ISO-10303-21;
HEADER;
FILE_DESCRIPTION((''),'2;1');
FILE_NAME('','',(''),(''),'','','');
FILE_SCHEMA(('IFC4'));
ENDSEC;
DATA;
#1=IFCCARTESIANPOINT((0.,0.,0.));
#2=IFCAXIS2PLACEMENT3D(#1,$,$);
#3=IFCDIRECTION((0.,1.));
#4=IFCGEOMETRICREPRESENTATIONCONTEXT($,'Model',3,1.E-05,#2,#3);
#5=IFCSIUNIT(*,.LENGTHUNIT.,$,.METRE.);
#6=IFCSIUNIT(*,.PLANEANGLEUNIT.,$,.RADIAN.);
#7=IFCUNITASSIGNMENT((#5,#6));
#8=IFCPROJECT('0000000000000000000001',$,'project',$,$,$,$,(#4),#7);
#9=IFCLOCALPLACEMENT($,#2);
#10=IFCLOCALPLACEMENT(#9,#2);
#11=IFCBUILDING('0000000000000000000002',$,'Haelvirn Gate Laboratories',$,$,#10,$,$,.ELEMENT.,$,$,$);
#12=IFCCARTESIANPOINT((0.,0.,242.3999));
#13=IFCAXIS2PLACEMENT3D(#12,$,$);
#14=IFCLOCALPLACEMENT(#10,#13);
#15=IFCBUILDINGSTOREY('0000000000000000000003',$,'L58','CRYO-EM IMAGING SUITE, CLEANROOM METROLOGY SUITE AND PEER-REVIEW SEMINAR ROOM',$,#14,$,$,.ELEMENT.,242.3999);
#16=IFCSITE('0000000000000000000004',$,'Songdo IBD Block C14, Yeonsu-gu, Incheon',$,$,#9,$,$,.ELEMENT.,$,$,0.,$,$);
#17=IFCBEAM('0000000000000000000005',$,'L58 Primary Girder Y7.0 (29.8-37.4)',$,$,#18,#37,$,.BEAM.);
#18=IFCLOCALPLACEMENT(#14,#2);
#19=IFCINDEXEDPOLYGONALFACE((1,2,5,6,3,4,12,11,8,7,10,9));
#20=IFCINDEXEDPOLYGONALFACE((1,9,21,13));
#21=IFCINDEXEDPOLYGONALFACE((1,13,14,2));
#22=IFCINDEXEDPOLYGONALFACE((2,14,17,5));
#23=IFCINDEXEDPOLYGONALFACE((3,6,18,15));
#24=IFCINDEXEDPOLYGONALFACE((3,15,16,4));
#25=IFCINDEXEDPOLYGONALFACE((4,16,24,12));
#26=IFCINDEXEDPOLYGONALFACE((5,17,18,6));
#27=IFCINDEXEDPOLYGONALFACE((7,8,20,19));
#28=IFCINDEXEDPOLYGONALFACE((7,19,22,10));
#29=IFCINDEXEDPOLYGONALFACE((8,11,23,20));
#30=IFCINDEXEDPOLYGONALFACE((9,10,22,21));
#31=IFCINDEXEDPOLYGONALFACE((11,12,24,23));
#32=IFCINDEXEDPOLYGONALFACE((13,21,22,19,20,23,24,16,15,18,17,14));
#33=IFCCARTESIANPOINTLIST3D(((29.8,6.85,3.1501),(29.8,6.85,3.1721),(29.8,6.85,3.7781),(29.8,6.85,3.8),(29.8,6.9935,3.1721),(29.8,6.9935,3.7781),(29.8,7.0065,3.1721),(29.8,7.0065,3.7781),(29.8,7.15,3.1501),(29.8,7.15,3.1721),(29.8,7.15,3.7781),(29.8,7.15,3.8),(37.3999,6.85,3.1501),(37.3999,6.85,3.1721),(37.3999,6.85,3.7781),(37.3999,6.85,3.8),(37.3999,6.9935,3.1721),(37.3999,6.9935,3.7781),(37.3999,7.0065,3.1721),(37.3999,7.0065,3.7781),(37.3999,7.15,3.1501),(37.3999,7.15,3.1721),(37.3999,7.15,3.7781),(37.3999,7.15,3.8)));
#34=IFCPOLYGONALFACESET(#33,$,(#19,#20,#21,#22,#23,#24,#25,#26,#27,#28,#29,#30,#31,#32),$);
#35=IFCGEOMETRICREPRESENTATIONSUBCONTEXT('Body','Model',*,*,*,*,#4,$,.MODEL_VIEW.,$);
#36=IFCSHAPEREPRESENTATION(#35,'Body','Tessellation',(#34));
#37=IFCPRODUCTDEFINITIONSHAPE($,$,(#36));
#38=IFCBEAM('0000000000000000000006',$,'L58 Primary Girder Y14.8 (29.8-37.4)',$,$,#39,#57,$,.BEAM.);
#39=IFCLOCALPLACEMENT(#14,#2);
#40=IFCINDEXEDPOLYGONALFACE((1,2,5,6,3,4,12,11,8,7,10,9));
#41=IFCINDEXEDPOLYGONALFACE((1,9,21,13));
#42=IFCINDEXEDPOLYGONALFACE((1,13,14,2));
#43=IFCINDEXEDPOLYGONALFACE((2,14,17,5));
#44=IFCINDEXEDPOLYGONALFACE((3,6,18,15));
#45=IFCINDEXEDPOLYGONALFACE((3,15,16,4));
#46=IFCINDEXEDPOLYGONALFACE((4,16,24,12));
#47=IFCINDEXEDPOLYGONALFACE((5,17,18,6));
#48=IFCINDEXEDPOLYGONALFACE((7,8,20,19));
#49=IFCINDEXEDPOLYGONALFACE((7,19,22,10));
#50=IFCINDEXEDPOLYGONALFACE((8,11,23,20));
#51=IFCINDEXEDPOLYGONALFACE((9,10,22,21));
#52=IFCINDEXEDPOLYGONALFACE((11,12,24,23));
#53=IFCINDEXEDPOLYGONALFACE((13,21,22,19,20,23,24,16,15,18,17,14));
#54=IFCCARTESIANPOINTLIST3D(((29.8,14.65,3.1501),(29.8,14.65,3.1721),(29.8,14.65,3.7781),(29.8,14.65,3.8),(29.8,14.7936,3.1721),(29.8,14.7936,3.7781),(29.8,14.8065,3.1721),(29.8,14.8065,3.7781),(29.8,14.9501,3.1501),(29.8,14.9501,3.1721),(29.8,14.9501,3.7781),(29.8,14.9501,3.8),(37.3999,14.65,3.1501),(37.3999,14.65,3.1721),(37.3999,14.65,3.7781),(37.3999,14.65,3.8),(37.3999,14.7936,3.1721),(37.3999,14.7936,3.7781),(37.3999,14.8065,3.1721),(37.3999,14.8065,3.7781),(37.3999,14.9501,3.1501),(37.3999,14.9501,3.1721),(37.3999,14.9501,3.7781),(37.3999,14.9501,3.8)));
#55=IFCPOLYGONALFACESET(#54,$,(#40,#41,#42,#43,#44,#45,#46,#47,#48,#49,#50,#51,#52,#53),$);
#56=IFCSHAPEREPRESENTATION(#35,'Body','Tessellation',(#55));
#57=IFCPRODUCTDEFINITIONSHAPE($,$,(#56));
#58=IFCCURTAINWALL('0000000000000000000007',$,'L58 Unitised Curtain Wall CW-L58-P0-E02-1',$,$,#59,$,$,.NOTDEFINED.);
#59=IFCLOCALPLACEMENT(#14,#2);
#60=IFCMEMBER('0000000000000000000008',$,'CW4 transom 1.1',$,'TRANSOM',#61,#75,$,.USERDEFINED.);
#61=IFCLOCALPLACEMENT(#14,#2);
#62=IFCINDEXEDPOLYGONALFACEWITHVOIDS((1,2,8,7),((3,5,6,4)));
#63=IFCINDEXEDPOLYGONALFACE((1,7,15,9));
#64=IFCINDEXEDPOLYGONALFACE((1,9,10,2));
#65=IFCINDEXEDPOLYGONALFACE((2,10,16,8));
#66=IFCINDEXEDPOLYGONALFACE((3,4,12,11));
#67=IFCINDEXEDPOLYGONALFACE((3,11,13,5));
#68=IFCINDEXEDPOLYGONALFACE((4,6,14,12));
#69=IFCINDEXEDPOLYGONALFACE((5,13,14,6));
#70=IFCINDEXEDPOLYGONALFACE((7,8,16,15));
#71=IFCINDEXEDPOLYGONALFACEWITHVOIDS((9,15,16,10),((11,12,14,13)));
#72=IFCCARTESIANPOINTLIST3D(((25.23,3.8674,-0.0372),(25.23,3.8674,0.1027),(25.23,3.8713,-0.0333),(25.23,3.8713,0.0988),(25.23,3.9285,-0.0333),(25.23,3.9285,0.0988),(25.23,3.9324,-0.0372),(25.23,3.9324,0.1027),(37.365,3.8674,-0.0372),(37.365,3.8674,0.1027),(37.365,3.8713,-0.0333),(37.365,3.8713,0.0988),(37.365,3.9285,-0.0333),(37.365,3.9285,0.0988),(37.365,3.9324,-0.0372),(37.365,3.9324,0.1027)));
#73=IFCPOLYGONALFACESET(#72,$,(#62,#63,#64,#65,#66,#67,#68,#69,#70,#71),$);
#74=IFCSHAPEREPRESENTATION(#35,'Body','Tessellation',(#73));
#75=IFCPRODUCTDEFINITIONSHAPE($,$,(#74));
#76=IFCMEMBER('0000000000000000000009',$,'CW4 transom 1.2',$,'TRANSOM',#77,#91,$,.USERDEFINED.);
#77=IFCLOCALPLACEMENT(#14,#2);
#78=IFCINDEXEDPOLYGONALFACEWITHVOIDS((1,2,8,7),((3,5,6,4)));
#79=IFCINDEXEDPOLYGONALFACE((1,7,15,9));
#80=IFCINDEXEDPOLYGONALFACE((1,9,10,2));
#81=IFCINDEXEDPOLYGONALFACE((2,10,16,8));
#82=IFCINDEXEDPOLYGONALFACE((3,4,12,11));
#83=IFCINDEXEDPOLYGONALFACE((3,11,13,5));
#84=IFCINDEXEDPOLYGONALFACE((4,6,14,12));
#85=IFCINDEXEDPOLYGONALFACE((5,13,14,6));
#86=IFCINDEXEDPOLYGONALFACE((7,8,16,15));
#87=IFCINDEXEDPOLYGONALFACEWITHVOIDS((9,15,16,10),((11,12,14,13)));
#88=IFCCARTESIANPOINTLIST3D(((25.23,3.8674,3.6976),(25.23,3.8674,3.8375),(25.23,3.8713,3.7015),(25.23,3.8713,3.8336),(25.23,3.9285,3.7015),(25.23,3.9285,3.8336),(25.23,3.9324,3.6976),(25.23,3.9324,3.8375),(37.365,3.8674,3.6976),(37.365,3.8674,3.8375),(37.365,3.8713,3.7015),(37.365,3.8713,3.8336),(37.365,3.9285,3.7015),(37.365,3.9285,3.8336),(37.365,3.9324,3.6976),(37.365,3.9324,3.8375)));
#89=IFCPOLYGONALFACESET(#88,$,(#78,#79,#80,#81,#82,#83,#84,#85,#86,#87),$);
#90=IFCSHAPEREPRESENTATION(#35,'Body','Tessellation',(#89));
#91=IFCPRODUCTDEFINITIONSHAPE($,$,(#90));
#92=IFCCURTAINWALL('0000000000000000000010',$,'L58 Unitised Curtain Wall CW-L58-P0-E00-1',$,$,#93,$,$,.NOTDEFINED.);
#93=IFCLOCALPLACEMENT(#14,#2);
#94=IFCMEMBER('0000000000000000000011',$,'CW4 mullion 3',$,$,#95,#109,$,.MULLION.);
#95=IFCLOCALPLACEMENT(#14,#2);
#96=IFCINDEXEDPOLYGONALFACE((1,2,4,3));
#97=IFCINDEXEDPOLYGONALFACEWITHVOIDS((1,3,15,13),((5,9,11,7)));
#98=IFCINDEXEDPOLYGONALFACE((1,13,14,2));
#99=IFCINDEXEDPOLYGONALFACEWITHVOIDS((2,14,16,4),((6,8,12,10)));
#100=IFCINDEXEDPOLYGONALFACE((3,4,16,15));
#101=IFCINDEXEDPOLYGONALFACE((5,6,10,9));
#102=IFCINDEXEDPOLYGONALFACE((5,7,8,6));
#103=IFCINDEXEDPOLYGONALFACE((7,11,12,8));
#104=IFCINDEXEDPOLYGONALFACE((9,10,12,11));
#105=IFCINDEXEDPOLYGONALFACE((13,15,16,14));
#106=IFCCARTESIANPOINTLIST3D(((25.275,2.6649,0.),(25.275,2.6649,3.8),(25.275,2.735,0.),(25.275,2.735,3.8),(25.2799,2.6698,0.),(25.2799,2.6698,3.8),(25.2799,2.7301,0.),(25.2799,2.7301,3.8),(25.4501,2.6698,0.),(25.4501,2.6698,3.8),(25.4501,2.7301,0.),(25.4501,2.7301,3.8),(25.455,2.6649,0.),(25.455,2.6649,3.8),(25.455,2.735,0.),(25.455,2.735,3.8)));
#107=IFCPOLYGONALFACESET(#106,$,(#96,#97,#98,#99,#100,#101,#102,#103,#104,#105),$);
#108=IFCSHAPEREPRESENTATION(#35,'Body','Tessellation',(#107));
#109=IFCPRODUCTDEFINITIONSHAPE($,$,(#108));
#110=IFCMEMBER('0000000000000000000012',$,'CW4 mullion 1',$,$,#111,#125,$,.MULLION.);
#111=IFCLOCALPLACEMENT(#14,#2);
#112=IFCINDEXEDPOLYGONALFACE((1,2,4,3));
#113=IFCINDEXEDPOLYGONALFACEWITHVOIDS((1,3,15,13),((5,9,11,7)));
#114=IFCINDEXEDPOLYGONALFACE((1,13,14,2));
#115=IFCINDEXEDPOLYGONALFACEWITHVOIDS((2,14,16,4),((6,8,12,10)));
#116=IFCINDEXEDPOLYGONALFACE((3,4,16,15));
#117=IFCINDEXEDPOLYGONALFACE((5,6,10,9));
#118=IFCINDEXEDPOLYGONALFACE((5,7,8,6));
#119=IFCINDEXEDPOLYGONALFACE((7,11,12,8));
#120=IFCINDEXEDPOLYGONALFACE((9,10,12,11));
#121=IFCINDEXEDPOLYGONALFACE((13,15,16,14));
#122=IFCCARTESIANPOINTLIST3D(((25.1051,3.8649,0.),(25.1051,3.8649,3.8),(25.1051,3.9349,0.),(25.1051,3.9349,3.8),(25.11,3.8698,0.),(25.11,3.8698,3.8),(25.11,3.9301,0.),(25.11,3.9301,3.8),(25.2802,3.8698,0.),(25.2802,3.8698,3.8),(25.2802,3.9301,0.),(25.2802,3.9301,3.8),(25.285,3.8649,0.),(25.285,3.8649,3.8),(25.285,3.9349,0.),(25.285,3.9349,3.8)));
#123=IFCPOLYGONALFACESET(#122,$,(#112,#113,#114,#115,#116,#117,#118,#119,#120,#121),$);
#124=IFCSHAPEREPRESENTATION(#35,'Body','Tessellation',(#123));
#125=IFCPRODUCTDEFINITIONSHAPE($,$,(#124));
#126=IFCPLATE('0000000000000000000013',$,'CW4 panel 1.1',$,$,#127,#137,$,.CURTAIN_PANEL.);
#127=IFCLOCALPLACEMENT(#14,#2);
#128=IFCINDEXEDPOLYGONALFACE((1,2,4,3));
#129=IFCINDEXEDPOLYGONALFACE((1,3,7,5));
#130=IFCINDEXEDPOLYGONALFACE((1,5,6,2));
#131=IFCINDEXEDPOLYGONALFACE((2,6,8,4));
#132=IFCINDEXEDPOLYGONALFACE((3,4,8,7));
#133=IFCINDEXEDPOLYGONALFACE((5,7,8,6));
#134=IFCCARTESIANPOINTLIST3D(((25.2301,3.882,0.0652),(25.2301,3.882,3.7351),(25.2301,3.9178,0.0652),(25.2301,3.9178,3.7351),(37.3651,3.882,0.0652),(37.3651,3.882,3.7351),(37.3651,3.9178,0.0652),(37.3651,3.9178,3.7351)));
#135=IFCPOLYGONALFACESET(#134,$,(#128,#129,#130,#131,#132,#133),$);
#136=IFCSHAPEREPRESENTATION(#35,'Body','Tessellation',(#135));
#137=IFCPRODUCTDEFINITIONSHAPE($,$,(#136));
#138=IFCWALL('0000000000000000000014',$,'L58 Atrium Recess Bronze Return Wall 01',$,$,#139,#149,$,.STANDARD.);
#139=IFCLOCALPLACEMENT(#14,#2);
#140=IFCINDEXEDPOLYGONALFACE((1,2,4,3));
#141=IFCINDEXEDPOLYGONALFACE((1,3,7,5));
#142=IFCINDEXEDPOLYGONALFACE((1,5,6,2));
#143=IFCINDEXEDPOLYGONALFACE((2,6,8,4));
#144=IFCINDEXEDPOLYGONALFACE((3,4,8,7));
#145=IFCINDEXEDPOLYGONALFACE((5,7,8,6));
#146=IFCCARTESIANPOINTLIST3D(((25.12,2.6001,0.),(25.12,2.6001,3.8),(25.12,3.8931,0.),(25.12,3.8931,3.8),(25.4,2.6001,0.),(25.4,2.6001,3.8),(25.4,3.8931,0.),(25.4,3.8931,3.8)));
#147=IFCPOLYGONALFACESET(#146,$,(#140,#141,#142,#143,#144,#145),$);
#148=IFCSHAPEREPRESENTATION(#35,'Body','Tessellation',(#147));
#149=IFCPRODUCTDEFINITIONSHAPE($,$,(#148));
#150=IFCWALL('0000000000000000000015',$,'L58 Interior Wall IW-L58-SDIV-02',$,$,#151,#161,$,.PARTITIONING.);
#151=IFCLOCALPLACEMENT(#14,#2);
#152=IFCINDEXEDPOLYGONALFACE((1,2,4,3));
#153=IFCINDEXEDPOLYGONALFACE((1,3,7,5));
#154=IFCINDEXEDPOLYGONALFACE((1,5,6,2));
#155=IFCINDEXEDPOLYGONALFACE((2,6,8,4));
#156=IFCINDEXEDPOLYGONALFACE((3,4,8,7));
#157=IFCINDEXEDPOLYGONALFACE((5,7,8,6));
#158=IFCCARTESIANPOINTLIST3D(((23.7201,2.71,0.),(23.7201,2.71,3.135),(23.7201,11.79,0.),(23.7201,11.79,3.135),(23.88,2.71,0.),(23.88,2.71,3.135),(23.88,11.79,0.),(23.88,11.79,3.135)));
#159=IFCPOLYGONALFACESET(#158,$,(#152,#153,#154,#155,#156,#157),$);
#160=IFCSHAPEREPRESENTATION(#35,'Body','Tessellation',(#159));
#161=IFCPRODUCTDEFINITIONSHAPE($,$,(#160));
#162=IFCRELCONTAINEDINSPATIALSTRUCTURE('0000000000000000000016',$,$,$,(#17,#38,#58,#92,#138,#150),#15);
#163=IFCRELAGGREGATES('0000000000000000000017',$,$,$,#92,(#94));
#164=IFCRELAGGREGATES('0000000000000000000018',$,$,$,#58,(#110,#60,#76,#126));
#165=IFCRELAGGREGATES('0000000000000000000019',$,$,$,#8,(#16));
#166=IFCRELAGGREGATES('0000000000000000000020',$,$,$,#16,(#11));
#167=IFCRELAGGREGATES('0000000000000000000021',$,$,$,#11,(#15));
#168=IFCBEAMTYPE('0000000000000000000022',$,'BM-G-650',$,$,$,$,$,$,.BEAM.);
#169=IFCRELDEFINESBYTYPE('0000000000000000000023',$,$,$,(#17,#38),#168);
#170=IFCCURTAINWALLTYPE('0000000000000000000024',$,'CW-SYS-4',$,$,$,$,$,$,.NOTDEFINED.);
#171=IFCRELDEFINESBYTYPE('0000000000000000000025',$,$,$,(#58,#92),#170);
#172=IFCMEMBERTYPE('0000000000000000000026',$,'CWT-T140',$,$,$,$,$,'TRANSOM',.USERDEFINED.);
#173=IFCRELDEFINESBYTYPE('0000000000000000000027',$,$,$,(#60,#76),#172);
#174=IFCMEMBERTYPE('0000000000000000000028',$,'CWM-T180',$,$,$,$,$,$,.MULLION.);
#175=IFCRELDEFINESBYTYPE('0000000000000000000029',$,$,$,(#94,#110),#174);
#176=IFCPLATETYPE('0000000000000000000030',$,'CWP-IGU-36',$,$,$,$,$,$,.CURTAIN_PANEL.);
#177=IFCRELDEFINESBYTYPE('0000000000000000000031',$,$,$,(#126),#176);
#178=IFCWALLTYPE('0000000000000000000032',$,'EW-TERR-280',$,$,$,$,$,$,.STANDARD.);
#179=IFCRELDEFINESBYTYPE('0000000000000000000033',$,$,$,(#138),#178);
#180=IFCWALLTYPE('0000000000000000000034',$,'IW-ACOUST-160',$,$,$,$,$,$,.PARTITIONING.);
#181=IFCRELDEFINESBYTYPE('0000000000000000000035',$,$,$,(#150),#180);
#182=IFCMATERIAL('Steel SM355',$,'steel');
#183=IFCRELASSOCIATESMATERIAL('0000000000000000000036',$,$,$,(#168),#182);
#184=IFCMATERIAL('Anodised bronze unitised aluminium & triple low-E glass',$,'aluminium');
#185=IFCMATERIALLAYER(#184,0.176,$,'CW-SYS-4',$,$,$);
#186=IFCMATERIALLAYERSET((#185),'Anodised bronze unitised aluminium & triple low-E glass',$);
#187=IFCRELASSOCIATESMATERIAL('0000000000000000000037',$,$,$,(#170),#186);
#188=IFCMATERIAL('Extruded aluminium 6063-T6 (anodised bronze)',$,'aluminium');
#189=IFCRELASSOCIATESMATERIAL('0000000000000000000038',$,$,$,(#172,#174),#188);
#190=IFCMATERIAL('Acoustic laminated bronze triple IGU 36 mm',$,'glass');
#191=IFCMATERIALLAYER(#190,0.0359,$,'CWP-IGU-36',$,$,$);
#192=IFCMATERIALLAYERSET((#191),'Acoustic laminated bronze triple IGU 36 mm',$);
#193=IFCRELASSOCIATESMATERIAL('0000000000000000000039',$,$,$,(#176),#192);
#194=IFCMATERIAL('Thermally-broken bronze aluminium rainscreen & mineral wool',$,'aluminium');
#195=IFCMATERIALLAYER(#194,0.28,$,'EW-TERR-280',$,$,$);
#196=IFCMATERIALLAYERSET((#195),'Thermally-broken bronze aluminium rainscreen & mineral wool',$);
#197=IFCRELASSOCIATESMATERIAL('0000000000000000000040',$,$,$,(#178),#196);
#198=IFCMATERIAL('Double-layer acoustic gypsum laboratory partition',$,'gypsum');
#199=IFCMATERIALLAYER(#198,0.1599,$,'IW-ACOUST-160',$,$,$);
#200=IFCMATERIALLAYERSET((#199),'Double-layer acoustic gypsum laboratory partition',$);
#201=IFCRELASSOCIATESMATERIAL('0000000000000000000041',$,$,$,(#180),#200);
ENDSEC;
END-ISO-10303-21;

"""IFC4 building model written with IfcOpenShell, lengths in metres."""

from ifc_helpers import new_model, si_unit, direction, frame, frame_2d, origin, origin_2d, place, context, subcontext, project, spatial, rectangle, hollow_rectangle, i_section, extrude, source, transform, mapped, material, layer, layer_set, material_profile, profile_set, type_object, type_shapes, element, aggregate, save


model = new_model("IFC4")

# Units and contexts
model_context = context("Model", 3, precision=1e-05, world=origin(), true_north=direction((0.0, 1.0)))
body_context = subcontext(model_context, "Body", "Model", "MODEL_VIEW")
ifc_project = project(units=[si_unit("LENGTHUNIT", "METRE"), si_unit("PLANEANGLEUNIT", "RADIAN")], contexts=[model_context])

# Site, building, storey
site_placement = place(None, origin())
site = spatial("IfcSite", under=ifc_project, at=site_placement, Name="Songdo IBD Block C14, Yeonsu-gu, Incheon", CompositionType="ELEMENT", RefElevation=0.0)
building_placement = place(site_placement, origin())
building = spatial("IfcBuilding", under=site, at=building_placement, Name="Haelvirn Gate Laboratories", CompositionType="ELEMENT")
storey_placement = place(building_placement, frame((0.0, 0.0, 242.3999)))
storey = spatial("IfcBuildingStorey", under=building, at=storey_placement, Name="L58", Description="CRYO-EM IMAGING SUITE, CLEANROOM METROLOGY SUITE AND PEER-REVIEW SEMINAR ROOM", CompositionType="ELEMENT", Elevation=242.3999)

# Shared definitions
ifc_material_1 = material(Name="Steel SM355", Category="steel")

# Beams
ifc_material_profile_1 = material_profile(ifc_material_1, i_section(OverallWidth=0.3, OverallDepth=0.6499, WebThickness=0.0129, FlangeThickness=0.022, at=origin_2d()), Name="H-650x300x13x22")
ifc_profile_set_1 = profile_set([ifc_material_profile_1], Name="Steel SM355")
beam_type_1 = type_object("IfcBeamType", Name="BM-G-650", PredefinedType="BEAM", material=ifc_profile_set_1)
shared_shape_1 = source(origin(), body_context, "Body", "SweptSolid", [
    extrude(i_section(OverallWidth=0.3, OverallDepth=0.6499, WebThickness=0.0129, FlangeThickness=0.022, at=origin_2d()), origin(), (0.0, 0.0, 1.0), 7.5999),
])
for number, where, z_axis, x_axis, name in (
    (1, (29.8, 7.0, 3.4751), (1.0, 0.0, 0.0), (0.0, 1.0, 0.0), "L58 Primary Girder Y7.0 (29.8-37.4)"),
    (2, (29.8, 14.8, 3.4751), (1.0, 0.0, 0.0), (0.0, 1.0, 0.0), "L58 Primary Girder Y14.8 (29.8-37.4)"),
):
    element("IfcBeam", number, at=place(storey_placement, frame(where, z_axis=z_axis, x_axis=x_axis)), inside=storey, type_object=beam_type_1, Name=name, PredefinedType="BEAM", context=body_context, shape_type="MappedRepresentation", body=[
        mapped(shared_shape_1, transform((0.0, 0.0, 0.0), scale=1.0)),
    ])

# Curtain wall, members
ifc_material_2 = material(Name="Anodised bronze unitised aluminium & triple low-E glass", Category="aluminium")
ifc_layer_1 = layer(ifc_material_2, 0.176, Name="CW-SYS-4")
ifc_layer_set_1 = layer_set([ifc_layer_1], Name="Anodised bronze unitised aluminium & triple low-E glass")
curtain_wall_type = type_object("IfcCurtainWallType", Name="CW-SYS-4", PredefinedType="NOTDEFINED", material=ifc_layer_set_1)
curtain_wall_1_placement = place(storey_placement, origin())
curtain_wall_1 = element("IfcCurtainWall", 3, at=curtain_wall_1_placement, inside=storey, type_object=curtain_wall_type, Name="L58 Unitised Curtain Wall CW-L58-P0-E02-1", PredefinedType="NOTDEFINED")
ifc_material_3 = material(Name="Extruded aluminium 6063-T6 (anodised bronze)", Category="aluminium")
ifc_material_profile_2 = material_profile(ifc_material_3, hollow_rectangle(XDim=0.0649, YDim=0.1399, WallThickness=0.0039, at=origin_2d()), Name="CWT-140x65x4")
ifc_profile_set_2 = profile_set([ifc_material_profile_2], Name="Extruded aluminium 6063-T6 (anodised bronze)")
member_type_1 = type_object("IfcMemberType", Name="CWT-T140", ElementType="TRANSOM", PredefinedType="USERDEFINED", material=ifc_profile_set_2)
shared_shape_2 = source(origin(), body_context, "Body", "SweptSolid", [
    extrude(hollow_rectangle(XDim=0.0649, YDim=0.1399, WallThickness=0.0039, at=origin_2d()), origin(), (0.0, 0.0, 1.0), 12.135),
])
type_shapes(member_type_1, [shared_shape_2])
member_1_placement = place(storey_placement, frame((25.23, 3.8999, 0.0327), z_axis=(1.0, 0.0, 0.0), x_axis=(0.0, 1.0, 0.0)))
member_1 = element("IfcMember", 4, at=member_1_placement, type_object=member_type_1, Name="CW4 transom 1.1", ObjectType="TRANSOM", PredefinedType="USERDEFINED", context=body_context, shape_type="MappedRepresentation", body=[
    mapped(shared_shape_2, transform((0.0, 0.0, 0.0), scale=1.0)),
])
member_2_placement = place(storey_placement, frame((25.23, 3.8999, 3.7676), z_axis=(1.0, 0.0, 0.0), x_axis=(0.0, 1.0, 0.0)))
member_2 = element("IfcMember", 5, at=member_2_placement, type_object=member_type_1, Name="CW4 transom 1.2", ObjectType="TRANSOM", PredefinedType="USERDEFINED", context=body_context, shape_type="MappedRepresentation", body=[
    mapped(shared_shape_2, transform((0.0, 0.0, 0.0), scale=1.0)),
])

# Curtain wall, member
curtain_wall_2_placement = place(storey_placement, origin())
curtain_wall_2 = element("IfcCurtainWall", 6, at=curtain_wall_2_placement, inside=storey, type_object=curtain_wall_type, Name="L58 Unitised Curtain Wall CW-L58-P0-E00-1", PredefinedType="NOTDEFINED")
ifc_material_profile_3 = material_profile(ifc_material_3, hollow_rectangle(XDim=0.0701, YDim=0.1799, WallThickness=0.0049, at=origin_2d()), Name="CWM-180x70x5")
ifc_profile_set_3 = profile_set([ifc_material_profile_3], Name="Extruded aluminium 6063-T6 (anodised bronze)")
member_type_2 = type_object("IfcMemberType", Name="CWM-T180", PredefinedType="MULLION", material=ifc_profile_set_3)
shared_shape_3 = source(origin(), body_context, "Body", "SweptSolid", [
    extrude(hollow_rectangle(XDim=0.0701, YDim=0.1799, WallThickness=0.0049, at=origin_2d()), origin(), (0.0, 0.0, 1.0), 3.8),
])
type_shapes(member_type_2, [shared_shape_3])
member_3_placement = place(storey_placement, frame((25.365, 2.7, 0.0), z_axis=(0.0, 0.0, 1.0), x_axis=(0.0, 1.0, 0.0)))
member_3 = element("IfcMember", 7, at=member_3_placement, type_object=member_type_2, Name="CW4 mullion 3", PredefinedType="MULLION", context=body_context, shape_type="MappedRepresentation", body=[
    mapped(shared_shape_3, transform((0.0, 0.0, 0.0), scale=1.0)),
])
aggregate(curtain_wall_2, [member_3])

# Member
member_4_placement = place(storey_placement, frame((25.1951, 3.8999, 0.0), z_axis=(0.0, 0.0, 1.0), x_axis=(0.0, 1.0, 0.0)))
member_4 = element("IfcMember", 8, at=member_4_placement, type_object=member_type_2, Name="CW4 mullion 1", PredefinedType="MULLION", context=body_context, shape_type="MappedRepresentation", body=[
    mapped(shared_shape_3, transform((0.0, 0.0, 0.0), scale=1.0)),
])

# Plate
ifc_material_4 = material(Name="Acoustic laminated bronze triple IGU 36 mm", Category="glass")
ifc_layer_2 = layer(ifc_material_4, 0.0359, Name="CWP-IGU-36")
ifc_layer_set_2 = layer_set([ifc_layer_2], Name="Acoustic laminated bronze triple IGU 36 mm")
plate_type = type_object("IfcPlateType", Name="CWP-IGU-36", PredefinedType="CURTAIN_PANEL", material=ifc_layer_set_2)
shared_shape_4 = source(origin(), body_context, "Body", "SweptSolid", [
    extrude(rectangle(XDim=12.135, YDim=0.0359, at=origin_2d()), origin(), (0.0, 0.0, 1.0), 3.6699),
])
type_shapes(plate_type, [shared_shape_4])
plate_placement = place(storey_placement, frame((31.2976, 3.8999, 0.0652), z_axis=(0.0, 0.0, 1.0), x_axis=(1.0, 0.0, 0.0)))
plate = element("IfcPlate", 9, at=plate_placement, type_object=plate_type, Name="CW4 panel 1.1", PredefinedType="CURTAIN_PANEL", context=body_context, shape_type="MappedRepresentation", body=[
    mapped(shared_shape_4, transform((0.0, 0.0, 0.0), scale=1.0)),
])
aggregate(curtain_wall_1, [member_4, member_1, member_2, plate])

# Walls
ifc_material_5 = material(Name="Thermally-broken bronze aluminium rainscreen & mineral wool", Category="aluminium")
ifc_layer_3 = layer(ifc_material_5, 0.28, Name="EW-TERR-280")
ifc_layer_set_3 = layer_set([ifc_layer_3], Name="Thermally-broken bronze aluminium rainscreen & mineral wool")
wall_type_1 = type_object("IfcWallType", Name="EW-TERR-280", PredefinedType="STANDARD", material=ifc_layer_set_3)
wall_1_placement = place(storey_placement, frame((25.26, 2.6001, 0.0), z_axis=(0.0, 0.0, 1.0), x_axis=(0.0, 1.0, 0.0)))
element("IfcWall", 10, at=wall_1_placement, inside=storey, type_object=wall_type_1, Name="L58 Atrium Recess Bronze Return Wall 01", PredefinedType="STANDARD", context=body_context, shape_type="SweptSolid", body=[
    extrude(rectangle(XDim=1.293, YDim=0.28, at=frame_2d((0.6465, 0.0))), origin(), (0.0, 0.0, 1.0), 3.8),
])
ifc_material_6 = material(Name="Double-layer acoustic gypsum laboratory partition", Category="gypsum")
ifc_layer_4 = layer(ifc_material_6, 0.1599, Name="IW-ACOUST-160")
ifc_layer_set_4 = layer_set([ifc_layer_4], Name="Double-layer acoustic gypsum laboratory partition")
wall_type_2 = type_object("IfcWallType", Name="IW-ACOUST-160", PredefinedType="PARTITIONING", material=ifc_layer_set_4)
wall_2_placement = place(storey_placement, frame((23.8, 2.71, 0.0), z_axis=(0.0, 0.0, 1.0), x_axis=(0.0, 1.0, 0.0)))
element("IfcWall", 11, at=wall_2_placement, inside=storey, type_object=wall_type_2, Name="L58 Interior Wall IW-L58-SDIV-02", PredefinedType="PARTITIONING", context=body_context, shape_type="SweptSolid", body=[
    extrude(rectangle(XDim=9.0801, YDim=0.1599, at=frame_2d((4.54, 0.0))), origin(), (0.0, 0.0, 1.0), 3.135),
])

save(model, "model.ifc")
